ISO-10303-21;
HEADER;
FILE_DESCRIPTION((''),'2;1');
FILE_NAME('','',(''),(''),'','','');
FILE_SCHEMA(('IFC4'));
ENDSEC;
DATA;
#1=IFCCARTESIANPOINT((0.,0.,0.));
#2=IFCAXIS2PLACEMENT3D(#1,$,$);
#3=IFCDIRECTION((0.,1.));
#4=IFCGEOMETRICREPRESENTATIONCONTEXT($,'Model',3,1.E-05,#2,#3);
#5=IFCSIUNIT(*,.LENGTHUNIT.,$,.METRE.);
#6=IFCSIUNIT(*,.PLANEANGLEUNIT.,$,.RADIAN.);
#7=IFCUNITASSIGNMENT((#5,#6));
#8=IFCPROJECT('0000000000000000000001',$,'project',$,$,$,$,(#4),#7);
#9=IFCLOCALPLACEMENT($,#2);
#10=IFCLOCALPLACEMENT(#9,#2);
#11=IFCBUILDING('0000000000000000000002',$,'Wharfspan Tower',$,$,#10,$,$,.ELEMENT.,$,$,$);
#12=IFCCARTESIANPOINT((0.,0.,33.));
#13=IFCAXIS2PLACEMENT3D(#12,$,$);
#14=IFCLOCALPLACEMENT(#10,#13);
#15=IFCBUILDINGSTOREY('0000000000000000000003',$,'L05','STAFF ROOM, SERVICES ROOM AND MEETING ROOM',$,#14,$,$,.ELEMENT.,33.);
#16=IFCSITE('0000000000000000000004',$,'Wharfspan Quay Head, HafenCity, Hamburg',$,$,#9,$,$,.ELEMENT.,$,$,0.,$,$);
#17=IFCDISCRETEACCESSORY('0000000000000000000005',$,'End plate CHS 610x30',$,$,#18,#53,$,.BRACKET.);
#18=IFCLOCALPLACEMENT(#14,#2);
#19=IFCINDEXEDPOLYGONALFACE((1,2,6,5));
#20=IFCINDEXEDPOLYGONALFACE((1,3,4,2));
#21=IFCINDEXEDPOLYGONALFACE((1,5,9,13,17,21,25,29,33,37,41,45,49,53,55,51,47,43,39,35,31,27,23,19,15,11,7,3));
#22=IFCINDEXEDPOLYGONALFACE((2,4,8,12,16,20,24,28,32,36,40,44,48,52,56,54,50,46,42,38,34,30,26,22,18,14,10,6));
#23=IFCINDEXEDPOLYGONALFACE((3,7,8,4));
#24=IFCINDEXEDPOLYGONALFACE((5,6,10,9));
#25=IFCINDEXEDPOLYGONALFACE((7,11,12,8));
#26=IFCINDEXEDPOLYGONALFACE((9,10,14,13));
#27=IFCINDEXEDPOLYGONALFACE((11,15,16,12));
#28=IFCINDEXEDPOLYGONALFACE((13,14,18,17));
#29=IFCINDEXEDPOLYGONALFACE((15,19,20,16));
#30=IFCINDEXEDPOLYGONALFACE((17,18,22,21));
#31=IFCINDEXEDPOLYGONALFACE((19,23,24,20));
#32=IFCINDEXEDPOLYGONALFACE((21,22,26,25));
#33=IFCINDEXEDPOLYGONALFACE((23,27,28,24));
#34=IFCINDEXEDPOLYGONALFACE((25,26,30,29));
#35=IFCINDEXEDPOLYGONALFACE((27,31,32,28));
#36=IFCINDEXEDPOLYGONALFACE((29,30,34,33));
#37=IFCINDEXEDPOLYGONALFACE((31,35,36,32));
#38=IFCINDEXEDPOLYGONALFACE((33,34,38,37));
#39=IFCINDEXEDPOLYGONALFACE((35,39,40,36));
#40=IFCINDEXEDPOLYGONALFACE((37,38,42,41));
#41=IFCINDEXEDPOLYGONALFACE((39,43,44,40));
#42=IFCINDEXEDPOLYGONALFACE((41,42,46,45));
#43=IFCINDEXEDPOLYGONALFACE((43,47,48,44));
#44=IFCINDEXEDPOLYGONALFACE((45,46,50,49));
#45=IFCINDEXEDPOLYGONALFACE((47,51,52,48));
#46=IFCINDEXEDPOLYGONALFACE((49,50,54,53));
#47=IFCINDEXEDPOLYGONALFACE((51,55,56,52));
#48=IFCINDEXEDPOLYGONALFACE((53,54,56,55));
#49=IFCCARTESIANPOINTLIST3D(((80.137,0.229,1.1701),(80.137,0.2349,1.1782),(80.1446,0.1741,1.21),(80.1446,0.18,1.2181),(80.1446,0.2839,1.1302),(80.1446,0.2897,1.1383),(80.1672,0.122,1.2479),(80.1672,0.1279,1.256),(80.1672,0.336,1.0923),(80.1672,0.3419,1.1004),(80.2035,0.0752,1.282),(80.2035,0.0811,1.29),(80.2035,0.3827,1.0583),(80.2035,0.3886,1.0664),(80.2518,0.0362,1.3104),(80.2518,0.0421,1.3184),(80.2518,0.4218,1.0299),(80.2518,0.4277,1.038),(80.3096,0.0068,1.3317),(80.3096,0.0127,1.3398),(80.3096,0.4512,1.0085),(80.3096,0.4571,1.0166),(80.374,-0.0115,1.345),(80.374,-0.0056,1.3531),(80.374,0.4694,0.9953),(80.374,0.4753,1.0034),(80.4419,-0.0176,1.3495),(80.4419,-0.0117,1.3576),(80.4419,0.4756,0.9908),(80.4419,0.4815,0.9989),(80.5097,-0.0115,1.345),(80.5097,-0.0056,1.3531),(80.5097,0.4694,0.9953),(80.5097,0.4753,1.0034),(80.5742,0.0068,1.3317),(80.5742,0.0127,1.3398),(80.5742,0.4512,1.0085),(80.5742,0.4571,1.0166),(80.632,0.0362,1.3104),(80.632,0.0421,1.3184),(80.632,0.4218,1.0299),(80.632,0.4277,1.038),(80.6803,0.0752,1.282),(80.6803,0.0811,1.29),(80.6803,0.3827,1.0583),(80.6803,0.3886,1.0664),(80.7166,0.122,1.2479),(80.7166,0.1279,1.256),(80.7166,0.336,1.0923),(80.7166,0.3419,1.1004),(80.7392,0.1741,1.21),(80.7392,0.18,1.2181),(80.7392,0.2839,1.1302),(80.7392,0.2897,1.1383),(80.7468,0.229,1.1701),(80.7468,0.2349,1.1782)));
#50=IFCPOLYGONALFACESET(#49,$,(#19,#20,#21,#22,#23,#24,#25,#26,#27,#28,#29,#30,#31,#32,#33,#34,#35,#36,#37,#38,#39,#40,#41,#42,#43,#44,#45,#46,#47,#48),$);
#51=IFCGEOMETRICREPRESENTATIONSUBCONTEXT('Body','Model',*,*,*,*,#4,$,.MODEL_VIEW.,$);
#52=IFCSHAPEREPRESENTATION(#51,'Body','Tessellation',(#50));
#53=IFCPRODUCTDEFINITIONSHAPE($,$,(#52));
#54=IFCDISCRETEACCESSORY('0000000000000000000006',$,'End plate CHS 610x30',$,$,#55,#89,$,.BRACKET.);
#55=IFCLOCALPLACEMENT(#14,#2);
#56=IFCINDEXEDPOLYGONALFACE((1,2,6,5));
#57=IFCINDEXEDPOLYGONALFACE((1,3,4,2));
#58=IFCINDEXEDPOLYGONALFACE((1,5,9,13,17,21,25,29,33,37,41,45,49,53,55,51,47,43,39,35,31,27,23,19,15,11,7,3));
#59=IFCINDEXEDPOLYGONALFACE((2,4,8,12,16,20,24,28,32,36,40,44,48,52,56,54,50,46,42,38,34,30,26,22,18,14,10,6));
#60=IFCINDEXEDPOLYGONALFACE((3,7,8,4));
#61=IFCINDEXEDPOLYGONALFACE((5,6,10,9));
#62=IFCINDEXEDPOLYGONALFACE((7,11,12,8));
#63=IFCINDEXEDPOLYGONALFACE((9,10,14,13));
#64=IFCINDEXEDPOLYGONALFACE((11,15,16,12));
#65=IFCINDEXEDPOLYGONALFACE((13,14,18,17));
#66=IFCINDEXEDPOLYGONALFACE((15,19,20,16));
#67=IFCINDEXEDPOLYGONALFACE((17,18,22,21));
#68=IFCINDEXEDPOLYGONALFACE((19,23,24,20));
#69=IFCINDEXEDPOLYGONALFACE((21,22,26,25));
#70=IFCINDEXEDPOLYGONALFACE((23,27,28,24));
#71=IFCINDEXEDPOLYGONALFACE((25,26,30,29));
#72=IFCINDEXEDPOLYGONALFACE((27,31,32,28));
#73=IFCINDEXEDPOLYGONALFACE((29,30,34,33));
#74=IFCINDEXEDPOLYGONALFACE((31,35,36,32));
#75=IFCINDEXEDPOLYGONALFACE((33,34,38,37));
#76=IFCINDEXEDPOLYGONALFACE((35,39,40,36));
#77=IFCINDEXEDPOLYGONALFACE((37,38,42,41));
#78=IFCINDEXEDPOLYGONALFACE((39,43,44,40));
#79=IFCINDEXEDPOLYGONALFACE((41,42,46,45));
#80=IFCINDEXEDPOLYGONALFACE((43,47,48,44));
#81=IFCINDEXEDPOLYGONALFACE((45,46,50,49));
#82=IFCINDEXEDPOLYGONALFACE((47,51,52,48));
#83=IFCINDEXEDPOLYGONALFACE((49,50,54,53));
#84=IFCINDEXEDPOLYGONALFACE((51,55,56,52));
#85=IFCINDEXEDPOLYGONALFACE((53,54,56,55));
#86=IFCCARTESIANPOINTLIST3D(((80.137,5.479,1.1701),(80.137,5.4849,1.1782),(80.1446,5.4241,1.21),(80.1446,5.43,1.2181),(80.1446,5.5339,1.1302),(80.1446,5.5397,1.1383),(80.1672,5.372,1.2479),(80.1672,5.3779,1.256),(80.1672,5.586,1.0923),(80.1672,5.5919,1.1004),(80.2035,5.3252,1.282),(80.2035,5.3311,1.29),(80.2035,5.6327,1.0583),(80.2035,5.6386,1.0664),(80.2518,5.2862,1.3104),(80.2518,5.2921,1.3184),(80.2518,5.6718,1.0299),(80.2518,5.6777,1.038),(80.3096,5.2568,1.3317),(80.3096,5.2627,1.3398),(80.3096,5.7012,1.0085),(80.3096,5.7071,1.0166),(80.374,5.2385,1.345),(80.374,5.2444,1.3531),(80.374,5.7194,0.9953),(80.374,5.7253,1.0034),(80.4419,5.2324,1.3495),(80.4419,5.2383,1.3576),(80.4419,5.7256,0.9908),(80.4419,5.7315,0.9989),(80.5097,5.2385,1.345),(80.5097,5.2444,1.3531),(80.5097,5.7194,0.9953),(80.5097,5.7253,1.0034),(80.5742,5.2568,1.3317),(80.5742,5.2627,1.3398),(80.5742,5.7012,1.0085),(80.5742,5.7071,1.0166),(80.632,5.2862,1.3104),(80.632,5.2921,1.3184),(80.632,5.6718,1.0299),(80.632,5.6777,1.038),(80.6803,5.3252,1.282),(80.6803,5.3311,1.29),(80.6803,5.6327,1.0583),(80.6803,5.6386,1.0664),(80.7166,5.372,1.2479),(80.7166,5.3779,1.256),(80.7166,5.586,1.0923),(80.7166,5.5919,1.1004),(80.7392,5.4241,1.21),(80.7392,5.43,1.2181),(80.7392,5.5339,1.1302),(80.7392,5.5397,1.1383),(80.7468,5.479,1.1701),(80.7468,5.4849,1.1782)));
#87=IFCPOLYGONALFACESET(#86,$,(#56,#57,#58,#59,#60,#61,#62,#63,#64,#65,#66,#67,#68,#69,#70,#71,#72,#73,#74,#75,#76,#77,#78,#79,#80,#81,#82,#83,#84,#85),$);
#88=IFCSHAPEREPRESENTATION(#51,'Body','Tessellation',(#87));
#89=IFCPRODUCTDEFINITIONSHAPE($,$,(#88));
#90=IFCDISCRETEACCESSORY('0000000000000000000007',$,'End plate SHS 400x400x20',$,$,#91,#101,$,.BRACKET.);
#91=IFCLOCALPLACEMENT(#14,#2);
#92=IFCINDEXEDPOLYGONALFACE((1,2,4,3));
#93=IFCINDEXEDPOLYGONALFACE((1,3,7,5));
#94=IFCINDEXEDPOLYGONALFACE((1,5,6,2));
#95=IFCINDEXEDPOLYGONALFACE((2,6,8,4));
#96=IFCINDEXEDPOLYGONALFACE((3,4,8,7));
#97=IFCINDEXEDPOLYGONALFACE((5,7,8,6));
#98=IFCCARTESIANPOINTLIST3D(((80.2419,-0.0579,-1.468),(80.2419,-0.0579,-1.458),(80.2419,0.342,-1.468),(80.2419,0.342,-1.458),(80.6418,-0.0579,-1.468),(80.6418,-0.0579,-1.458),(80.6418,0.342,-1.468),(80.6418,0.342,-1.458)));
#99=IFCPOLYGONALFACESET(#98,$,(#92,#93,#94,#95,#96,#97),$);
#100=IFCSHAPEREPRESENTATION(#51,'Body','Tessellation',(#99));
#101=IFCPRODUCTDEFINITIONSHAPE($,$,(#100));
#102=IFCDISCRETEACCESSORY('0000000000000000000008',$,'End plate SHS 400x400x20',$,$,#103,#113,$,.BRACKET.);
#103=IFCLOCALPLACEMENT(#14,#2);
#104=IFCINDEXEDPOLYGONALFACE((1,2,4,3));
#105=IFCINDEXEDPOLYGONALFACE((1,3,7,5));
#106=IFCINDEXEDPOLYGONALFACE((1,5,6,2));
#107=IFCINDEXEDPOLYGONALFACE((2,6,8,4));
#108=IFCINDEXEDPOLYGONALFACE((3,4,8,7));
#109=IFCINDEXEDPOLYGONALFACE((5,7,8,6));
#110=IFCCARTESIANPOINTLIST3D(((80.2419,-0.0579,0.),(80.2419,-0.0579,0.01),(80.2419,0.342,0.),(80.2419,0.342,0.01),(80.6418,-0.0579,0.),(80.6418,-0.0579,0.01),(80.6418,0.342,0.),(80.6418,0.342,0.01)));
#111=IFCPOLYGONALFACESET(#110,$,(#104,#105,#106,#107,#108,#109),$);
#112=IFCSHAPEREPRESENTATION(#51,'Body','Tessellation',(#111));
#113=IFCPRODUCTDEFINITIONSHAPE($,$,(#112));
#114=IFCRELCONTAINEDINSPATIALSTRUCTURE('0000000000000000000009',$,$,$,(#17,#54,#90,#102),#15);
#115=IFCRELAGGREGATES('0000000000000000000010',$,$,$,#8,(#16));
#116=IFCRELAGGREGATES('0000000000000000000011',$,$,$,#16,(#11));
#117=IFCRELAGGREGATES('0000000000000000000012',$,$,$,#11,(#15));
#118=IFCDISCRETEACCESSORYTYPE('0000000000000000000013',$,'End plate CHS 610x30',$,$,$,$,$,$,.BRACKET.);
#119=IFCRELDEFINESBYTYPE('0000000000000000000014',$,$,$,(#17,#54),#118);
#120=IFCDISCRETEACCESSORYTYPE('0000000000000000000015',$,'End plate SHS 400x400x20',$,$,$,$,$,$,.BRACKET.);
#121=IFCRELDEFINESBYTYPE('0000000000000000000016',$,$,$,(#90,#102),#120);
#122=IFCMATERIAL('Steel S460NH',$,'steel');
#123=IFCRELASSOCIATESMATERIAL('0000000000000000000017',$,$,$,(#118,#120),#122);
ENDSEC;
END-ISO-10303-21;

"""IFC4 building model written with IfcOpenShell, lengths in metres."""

from ifc_helpers import new_model, si_unit, direction, frame, origin, origin_2d, place, context, subcontext, project, spatial, rectangle, circle, extrude, material, material_profile, profile_set, type_object, element, save


model = new_model("IFC4")

# Units and contexts
model_context = context("Model", 3, precision=1e-05, world=origin(), true_north=direction((0.0, 1.0)))
body_context = subcontext(model_context, "Body", "Model", "MODEL_VIEW")
ifc_project = project(units=[si_unit("LENGTHUNIT", "METRE"), si_unit("PLANEANGLEUNIT", "RADIAN")], contexts=[model_context])

# Site, building, storey
site_placement = place(None, origin())
site = spatial("IfcSite", under=ifc_project, at=site_placement, Name="Wharfspan Quay Head, HafenCity, Hamburg", CompositionType="ELEMENT", RefElevation=0.0)
building_placement = place(site_placement, origin())
building = spatial("IfcBuilding", under=site, at=building_placement, Name="Wharfspan Tower", CompositionType="ELEMENT")
storey_placement = place(building_placement, frame((0.0, 0.0, 33.0)))
storey = spatial("IfcBuildingStorey", under=building, at=storey_placement, Name="L05", Description="STAFF ROOM, SERVICES ROOM AND MEETING ROOM", CompositionType="ELEMENT", Elevation=33.0)

# Shared definitions
ifc_material_1 = material(Name="Steel S460NH", Category="steel")

# Discrete accessories
ifc_material_profile_1 = material_profile(ifc_material_1, circle(Radius=0.3049, at=origin_2d()))
ifc_profile_set_1 = profile_set([ifc_material_profile_1], Name="Steel S460NH")
discrete_accessory_type_1 = type_object("IfcDiscreteAccessoryType", Name="End plate CHS 610x30", PredefinedType="BRACKET", material=ifc_profile_set_1)
for number, where, z_axis, x_axis, name in (
    (1, (80.4419, 0.2349, 1.1782), (0.0, -0.588172, -0.808736), (1.0, 0.0, 0.0), "End plate CHS 610x30"),
    (2, (80.4419, 5.4849, 1.1782), (0.0, -0.588172, -0.808736), (1.0, 0.0, 0.0), "End plate CHS 610x30"),
):
    element("IfcDiscreteAccessory", number, at=place(storey_placement, frame(where, z_axis=z_axis, x_axis=x_axis)), inside=storey, type_object=discrete_accessory_type_1, Name=name, PredefinedType="BRACKET", context=body_context, shape_type="SweptSolid", body=[
        extrude(circle(Radius=0.3049, at=origin_2d()), origin(), (0.0, 0.0, 1.0), 0.01),
    ])
ifc_material_profile_2 = material_profile(ifc_material_1, rectangle(XDim=0.3999, YDim=0.3999, at=origin_2d()))
ifc_profile_set_2 = profile_set([ifc_material_profile_2], Name="Steel S460NH")
discrete_accessory_type_2 = type_object("IfcDiscreteAccessoryType", Name="End plate SHS 400x400x20", PredefinedType="BRACKET", material=ifc_profile_set_2)
for number, where, z_axis, x_axis, name in (
    (3, (80.4419, 0.1421, -1.468), (0.0, 0.0, 1.0), (1.0, 0.0, 0.0), "End plate SHS 400x400x20"),
    (4, (80.4419, 0.1421, 0.0), (0.0, 0.0, 1.0), (1.0, 0.0, 0.0), "End plate SHS 400x400x20"),
):
    element("IfcDiscreteAccessory", number, at=place(storey_placement, frame(where, z_axis=z_axis, x_axis=x_axis)), inside=storey, type_object=discrete_accessory_type_2, Name=name, PredefinedType="BRACKET", context=body_context, shape_type="SweptSolid", body=[
        extrude(rectangle(XDim=0.3999, YDim=0.3999, at=origin_2d()), origin(), (0.0, 0.0, 1.0), 0.01),
    ])

save(model, "model.ifc")
